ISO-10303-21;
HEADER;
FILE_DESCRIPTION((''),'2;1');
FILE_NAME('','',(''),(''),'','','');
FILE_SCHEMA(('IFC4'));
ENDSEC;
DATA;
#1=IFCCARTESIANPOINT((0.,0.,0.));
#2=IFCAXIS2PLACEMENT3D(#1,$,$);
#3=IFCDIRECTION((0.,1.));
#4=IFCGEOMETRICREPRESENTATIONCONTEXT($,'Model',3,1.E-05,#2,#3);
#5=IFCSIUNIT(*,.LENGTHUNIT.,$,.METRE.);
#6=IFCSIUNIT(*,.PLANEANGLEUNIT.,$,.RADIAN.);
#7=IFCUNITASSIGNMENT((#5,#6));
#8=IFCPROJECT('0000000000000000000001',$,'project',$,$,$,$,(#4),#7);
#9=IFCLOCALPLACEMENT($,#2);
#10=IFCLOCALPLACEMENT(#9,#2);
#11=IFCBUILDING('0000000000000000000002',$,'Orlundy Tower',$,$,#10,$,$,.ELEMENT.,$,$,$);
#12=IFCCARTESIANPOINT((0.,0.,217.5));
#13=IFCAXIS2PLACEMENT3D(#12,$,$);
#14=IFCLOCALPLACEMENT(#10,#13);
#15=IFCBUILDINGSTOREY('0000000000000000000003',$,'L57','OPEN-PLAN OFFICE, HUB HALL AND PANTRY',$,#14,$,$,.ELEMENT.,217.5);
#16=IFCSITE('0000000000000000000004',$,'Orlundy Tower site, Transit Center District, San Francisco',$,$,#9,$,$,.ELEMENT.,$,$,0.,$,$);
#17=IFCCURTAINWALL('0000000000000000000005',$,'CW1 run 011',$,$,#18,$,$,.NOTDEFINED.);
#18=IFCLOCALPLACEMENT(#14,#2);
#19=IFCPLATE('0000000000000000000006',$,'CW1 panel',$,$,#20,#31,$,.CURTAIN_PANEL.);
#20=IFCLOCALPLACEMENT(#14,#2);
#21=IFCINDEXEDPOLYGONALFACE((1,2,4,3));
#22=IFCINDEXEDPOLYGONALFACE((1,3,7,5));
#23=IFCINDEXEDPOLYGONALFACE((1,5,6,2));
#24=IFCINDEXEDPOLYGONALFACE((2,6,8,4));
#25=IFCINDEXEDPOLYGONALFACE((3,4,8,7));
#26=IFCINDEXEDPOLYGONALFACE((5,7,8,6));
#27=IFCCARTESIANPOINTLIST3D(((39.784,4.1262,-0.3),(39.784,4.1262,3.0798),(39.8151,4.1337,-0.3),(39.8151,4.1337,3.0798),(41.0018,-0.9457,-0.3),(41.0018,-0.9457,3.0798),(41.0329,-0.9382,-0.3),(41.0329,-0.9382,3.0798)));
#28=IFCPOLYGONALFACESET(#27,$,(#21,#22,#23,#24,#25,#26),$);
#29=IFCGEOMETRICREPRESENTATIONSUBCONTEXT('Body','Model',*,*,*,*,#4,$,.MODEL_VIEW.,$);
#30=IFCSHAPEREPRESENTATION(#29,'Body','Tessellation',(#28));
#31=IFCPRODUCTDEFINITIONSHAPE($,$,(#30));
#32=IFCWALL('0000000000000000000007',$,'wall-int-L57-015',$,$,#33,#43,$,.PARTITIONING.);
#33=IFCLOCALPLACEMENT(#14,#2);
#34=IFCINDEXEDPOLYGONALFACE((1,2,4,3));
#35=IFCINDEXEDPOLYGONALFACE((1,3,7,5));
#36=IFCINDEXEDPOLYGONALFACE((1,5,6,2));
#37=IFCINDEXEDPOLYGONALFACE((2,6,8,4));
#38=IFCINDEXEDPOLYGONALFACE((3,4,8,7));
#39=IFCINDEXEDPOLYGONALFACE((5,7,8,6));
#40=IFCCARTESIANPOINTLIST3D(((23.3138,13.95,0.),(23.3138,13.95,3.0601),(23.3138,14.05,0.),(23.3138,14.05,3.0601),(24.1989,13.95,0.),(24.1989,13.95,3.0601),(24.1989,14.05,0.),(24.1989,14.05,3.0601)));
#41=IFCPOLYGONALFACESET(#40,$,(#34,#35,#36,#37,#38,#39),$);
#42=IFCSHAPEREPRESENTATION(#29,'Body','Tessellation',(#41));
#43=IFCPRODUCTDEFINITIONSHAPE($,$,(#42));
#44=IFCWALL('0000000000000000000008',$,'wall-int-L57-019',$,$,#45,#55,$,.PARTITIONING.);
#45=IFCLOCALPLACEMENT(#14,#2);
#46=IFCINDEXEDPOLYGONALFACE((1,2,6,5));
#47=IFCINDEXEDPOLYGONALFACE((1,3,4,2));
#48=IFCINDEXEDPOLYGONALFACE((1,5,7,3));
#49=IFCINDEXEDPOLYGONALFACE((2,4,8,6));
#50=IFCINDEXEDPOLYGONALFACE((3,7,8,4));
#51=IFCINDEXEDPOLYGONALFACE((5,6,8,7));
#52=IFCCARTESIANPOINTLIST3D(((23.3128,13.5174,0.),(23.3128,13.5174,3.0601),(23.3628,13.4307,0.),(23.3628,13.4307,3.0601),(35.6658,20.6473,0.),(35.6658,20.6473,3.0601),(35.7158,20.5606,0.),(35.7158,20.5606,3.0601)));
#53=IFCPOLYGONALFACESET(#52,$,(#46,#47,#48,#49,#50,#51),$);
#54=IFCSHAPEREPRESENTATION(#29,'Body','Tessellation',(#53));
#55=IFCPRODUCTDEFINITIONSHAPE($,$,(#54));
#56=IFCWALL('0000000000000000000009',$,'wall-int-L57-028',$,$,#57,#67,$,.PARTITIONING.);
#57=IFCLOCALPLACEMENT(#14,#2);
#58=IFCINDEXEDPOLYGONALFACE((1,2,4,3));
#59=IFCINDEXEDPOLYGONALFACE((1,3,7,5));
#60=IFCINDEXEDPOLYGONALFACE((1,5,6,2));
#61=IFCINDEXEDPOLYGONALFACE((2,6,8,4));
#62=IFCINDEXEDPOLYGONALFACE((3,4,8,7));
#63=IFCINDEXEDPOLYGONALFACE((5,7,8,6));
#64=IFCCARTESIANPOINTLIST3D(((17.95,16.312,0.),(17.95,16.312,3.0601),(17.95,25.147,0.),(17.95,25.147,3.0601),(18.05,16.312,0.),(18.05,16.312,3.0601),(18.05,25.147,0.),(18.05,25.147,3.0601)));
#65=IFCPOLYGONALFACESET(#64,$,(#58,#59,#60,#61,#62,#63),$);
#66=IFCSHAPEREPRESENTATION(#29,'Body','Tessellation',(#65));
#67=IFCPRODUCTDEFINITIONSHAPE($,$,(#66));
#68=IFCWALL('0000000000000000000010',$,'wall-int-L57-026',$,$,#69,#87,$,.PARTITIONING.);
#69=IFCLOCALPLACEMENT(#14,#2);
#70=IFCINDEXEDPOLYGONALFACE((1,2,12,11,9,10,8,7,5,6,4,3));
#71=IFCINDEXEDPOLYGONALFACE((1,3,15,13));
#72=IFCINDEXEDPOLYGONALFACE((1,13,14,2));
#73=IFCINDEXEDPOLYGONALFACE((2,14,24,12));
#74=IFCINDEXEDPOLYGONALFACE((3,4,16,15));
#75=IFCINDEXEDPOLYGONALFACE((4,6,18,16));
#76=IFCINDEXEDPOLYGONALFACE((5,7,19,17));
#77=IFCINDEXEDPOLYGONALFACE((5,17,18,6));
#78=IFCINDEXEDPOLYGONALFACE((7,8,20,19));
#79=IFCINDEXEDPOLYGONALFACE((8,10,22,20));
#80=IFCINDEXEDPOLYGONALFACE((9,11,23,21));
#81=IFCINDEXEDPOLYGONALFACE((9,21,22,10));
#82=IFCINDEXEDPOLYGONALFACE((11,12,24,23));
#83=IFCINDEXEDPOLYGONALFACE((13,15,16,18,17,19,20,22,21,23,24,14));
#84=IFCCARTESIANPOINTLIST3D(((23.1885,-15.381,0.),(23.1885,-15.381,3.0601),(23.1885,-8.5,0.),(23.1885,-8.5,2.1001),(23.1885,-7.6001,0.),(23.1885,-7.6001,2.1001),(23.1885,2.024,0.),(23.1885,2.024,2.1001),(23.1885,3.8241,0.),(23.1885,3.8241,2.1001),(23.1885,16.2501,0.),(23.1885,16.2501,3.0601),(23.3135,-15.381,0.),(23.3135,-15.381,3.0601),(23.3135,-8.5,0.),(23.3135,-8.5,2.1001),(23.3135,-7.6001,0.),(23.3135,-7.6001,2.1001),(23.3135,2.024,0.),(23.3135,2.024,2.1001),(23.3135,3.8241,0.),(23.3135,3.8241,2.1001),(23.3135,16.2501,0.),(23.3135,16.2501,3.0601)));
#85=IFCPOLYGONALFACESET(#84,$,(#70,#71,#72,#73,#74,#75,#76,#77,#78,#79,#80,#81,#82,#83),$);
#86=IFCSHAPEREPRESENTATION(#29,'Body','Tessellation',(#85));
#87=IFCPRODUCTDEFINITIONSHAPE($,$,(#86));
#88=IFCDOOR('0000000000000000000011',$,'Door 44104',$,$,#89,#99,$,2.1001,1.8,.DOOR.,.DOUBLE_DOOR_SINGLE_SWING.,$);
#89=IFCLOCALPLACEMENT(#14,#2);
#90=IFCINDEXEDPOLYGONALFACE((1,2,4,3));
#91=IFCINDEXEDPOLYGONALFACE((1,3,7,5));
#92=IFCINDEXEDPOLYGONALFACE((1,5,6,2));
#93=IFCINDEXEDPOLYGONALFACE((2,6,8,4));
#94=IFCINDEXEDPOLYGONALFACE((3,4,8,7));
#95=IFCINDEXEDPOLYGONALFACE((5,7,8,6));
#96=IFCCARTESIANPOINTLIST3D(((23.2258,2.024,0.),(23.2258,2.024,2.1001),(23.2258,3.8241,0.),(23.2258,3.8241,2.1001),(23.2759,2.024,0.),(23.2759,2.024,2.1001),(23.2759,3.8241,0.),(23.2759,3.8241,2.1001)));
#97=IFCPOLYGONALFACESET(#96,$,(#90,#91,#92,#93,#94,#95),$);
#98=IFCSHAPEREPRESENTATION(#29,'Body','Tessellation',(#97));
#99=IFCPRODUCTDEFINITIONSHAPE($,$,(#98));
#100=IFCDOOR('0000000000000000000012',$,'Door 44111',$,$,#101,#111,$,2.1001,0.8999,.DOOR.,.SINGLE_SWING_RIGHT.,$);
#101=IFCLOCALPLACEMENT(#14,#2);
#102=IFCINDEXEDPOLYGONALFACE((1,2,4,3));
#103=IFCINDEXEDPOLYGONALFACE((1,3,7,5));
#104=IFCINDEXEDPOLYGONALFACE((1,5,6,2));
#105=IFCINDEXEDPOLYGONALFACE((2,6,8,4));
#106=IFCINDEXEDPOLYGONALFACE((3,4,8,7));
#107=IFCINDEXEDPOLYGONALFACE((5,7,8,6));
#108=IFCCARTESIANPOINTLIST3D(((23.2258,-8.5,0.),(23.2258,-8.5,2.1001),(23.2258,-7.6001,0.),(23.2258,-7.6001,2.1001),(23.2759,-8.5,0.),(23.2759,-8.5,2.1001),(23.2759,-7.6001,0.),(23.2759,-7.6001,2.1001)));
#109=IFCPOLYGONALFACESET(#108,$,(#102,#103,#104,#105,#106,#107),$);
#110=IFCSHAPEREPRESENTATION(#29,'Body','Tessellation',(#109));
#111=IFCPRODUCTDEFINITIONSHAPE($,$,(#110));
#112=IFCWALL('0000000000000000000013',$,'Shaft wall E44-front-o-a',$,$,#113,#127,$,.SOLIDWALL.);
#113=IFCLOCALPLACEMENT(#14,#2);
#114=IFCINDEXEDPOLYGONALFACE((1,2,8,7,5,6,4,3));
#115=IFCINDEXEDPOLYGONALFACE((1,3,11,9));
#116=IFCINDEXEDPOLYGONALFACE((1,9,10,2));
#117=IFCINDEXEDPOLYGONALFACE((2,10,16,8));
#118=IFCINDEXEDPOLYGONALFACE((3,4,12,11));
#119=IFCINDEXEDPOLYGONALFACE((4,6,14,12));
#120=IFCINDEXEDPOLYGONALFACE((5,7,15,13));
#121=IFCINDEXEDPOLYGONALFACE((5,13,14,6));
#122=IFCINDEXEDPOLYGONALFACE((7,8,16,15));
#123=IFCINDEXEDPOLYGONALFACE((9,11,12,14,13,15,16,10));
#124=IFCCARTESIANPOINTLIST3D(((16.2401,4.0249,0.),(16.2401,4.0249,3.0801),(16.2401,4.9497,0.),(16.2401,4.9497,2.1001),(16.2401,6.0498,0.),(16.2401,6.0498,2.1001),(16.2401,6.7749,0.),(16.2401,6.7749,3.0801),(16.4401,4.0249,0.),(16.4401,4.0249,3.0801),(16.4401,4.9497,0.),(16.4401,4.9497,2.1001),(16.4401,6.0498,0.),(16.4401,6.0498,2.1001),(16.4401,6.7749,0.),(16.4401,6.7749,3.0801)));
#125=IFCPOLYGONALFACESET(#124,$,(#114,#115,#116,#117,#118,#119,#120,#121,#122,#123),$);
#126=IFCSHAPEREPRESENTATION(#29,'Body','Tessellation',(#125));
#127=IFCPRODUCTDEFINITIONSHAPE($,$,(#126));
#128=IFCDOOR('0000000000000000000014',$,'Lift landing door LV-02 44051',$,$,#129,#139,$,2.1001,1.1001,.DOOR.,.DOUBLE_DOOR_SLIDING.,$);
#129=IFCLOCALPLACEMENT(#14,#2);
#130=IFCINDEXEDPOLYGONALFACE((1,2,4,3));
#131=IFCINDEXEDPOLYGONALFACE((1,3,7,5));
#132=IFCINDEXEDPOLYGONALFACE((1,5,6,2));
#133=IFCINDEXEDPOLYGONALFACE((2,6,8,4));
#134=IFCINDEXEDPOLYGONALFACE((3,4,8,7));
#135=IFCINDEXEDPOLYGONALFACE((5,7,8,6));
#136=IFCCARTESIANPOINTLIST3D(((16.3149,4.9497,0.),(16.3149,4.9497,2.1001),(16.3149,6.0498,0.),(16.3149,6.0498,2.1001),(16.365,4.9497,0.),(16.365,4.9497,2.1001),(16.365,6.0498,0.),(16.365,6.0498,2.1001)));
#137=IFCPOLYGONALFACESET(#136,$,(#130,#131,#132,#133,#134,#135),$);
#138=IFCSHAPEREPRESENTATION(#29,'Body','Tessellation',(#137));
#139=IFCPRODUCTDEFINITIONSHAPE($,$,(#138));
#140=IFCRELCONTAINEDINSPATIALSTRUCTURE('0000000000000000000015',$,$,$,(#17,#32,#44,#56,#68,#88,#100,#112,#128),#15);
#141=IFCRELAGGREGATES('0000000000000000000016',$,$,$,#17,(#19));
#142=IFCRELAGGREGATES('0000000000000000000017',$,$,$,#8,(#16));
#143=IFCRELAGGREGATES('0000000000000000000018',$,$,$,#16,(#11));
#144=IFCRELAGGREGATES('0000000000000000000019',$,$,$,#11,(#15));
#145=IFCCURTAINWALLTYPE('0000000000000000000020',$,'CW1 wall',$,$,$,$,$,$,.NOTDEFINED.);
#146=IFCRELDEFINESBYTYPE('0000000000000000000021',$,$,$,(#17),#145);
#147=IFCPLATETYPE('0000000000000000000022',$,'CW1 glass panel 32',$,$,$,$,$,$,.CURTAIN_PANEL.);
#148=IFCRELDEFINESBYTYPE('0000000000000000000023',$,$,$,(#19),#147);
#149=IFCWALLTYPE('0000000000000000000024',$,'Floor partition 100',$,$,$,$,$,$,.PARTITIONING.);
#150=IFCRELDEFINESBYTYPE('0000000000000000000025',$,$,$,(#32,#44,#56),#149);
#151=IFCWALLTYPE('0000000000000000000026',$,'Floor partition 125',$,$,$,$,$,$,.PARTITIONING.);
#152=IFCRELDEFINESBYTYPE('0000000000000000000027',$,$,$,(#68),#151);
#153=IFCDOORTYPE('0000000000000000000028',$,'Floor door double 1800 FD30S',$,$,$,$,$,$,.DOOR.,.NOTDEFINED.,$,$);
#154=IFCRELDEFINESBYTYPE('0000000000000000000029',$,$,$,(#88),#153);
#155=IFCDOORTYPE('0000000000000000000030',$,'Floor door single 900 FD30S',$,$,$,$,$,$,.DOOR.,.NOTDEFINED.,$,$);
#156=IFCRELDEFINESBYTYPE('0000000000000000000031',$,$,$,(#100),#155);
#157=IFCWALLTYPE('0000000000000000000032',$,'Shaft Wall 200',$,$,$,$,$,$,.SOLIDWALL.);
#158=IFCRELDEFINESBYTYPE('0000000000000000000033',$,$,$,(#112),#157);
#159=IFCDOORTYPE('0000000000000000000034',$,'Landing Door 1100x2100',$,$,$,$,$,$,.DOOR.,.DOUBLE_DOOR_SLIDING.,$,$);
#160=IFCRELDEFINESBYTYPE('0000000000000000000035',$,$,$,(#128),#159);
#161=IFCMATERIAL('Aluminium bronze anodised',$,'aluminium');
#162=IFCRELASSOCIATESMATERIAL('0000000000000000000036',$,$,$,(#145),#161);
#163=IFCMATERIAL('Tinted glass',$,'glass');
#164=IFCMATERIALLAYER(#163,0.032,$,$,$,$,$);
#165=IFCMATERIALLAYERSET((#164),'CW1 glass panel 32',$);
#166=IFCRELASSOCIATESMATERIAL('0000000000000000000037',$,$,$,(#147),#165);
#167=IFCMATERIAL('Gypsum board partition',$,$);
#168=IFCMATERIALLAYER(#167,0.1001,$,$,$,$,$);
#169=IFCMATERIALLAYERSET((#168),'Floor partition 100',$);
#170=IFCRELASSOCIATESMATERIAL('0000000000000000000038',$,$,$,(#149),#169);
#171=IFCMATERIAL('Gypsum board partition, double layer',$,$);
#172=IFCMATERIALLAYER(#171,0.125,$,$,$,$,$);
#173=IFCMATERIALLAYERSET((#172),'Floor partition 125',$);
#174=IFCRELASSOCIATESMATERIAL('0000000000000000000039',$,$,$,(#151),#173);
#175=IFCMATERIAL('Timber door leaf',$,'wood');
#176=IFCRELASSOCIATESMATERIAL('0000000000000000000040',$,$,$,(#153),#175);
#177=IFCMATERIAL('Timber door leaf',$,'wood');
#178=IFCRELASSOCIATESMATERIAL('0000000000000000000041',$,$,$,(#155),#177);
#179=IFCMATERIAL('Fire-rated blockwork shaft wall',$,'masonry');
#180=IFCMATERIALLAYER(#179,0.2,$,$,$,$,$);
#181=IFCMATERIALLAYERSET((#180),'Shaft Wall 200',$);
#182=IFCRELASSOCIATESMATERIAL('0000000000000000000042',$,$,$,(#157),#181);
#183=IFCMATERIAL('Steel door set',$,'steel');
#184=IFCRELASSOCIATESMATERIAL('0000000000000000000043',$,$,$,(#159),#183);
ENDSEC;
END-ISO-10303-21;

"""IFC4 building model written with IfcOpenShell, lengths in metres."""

from ifc_helpers import new_model, si_unit, direction, frame, frame_2d, origin, origin_2d, place, context, subcontext, project, spatial, rectangle, extrude, material, layer, layer_set, type_object, element, fill, aggregate, save


model = new_model("IFC4")

# Units and contexts
model_context = context("Model", 3, precision=1e-05, world=origin(), true_north=direction((0.0, 1.0)))
body_context = subcontext(model_context, "Body", "Model", "MODEL_VIEW")
ifc_project = project(units=[si_unit("LENGTHUNIT", "METRE"), si_unit("PLANEANGLEUNIT", "RADIAN")], contexts=[model_context])

# Site, building, storey
site_placement = place(None, origin())
site = spatial("IfcSite", under=ifc_project, at=site_placement, Name="Orlundy Tower site, Transit Center District, San Francisco", CompositionType="ELEMENT", RefElevation=0.0)
building_placement = place(site_placement, origin())
building = spatial("IfcBuilding", under=site, at=building_placement, Name="Orlundy Tower", CompositionType="ELEMENT")
storey_placement = place(building_placement, frame((0.0, 0.0, 217.5)))
storey = spatial("IfcBuildingStorey", under=building, at=storey_placement, Name="L57", Description="OPEN-PLAN OFFICE, HUB HALL AND PANTRY", CompositionType="ELEMENT", Elevation=217.5)

# Curtain wall
ifc_material_1 = material(Name="Aluminium bronze anodised", Category="aluminium")
curtain_wall_type = type_object("IfcCurtainWallType", Name="CW1 wall", PredefinedType="NOTDEFINED", material=ifc_material_1)
curtain_wall_1_placement = place(storey_placement, origin())
curtain_wall_1 = element("IfcCurtainWall", 1, at=curtain_wall_1_placement, inside=storey, type_object=curtain_wall_type, Name="CW1 run 011", PredefinedType="NOTDEFINED")

# Plate
ifc_material_2 = material(Name="Tinted glass", Category="glass")
ifc_layer_1 = layer(ifc_material_2, 0.032)
ifc_layer_set_1 = layer_set([ifc_layer_1], Name="CW1 glass panel 32")
plate_type = type_object("IfcPlateType", Name="CW1 glass panel 32", PredefinedType="CURTAIN_PANEL", material=ifc_layer_set_1)
plate_1_placement = place(storey_placement, frame((40.4084, 1.594, -0.3), z_axis=(0.0, 0.0, 1.0), x_axis=(0.233472, -0.972364, 0.0)))
plate_1 = element("IfcPlate", 2, at=plate_1_placement, type_object=plate_type, Name="CW1 panel", PredefinedType="CURTAIN_PANEL", context=body_context, shape_type="SweptSolid", body=[
    extrude(rectangle(XDim=5.2161, YDim=0.032, at=origin_2d()), origin(), (0.0, 0.0, 1.0), 3.3799),
])
aggregate(curtain_wall_1, [plate_1])

# Walls
ifc_material_3 = material(Name="Gypsum board partition")
ifc_layer_2 = layer(ifc_material_3, 0.1001)
ifc_layer_set_2 = layer_set([ifc_layer_2], Name="Floor partition 100")
wall_type_1 = type_object("IfcWallType", Name="Floor partition 100", PredefinedType="PARTITIONING", material=ifc_layer_set_2)
wall_1_placement = place(storey_placement, frame((23.314, 14.0, 0.0), z_axis=(0.0, 0.0, 1.0), x_axis=(1.0, 0.0, 0.0)))
element("IfcWall", 3, at=wall_1_placement, inside=storey, type_object=wall_type_1, Name="wall-int-L57-015", PredefinedType="PARTITIONING", context=body_context, shape_type="SweptSolid", body=[
    extrude(rectangle(XDim=0.885, YDim=0.1001, at=frame_2d((0.4424, 0.0))), origin(), (0.0, 0.0, 1.0), 3.0601),
])
wall_2_placement = place(storey_placement, frame((23.3379, 13.4741, 0.0), z_axis=(0.0, 0.0, 1.0), x_axis=(0.86609, 0.499887, 0.0)))
element("IfcWall", 4, at=wall_2_placement, inside=storey, type_object=wall_type_1, Name="wall-int-L57-019", PredefinedType="PARTITIONING", context=body_context, shape_type="SweptSolid", body=[
    extrude(rectangle(XDim=14.2629, YDim=0.1001, at=frame_2d((7.1313, 0.0))), origin(), (0.0, 0.0, 1.0), 3.0601),
])
wall_3_placement = place(storey_placement, frame((18.0, 16.312, 0.0), z_axis=(0.0, 0.0, 1.0), x_axis=(0.0, 1.0, 0.0)))
element("IfcWall", 5, at=wall_3_placement, inside=storey, type_object=wall_type_1, Name="wall-int-L57-028", PredefinedType="PARTITIONING", context=body_context, shape_type="SweptSolid", body=[
    extrude(rectangle(XDim=8.835, YDim=0.1001, at=frame_2d((4.4175, 0.0))), origin(), (0.0, 0.0, 1.0), 3.0601),
])

# Wall, openings, doors
ifc_material_4 = material(Name="Gypsum board partition, double layer")
ifc_layer_3 = layer(ifc_material_4, 0.125)
ifc_layer_set_3 = layer_set([ifc_layer_3], Name="Floor partition 125")
wall_type_2 = type_object("IfcWallType", Name="Floor partition 125", PredefinedType="PARTITIONING", material=ifc_layer_set_3)
wall_4_placement = place(storey_placement, frame((23.251, 16.25, 0.0), z_axis=(0.0, 0.0, 1.0), x_axis=(0.0, -1.0, 0.0)))
wall_4 = element("IfcWall", 6, at=wall_4_placement, inside=storey, type_object=wall_type_2, Name="wall-int-L57-026", PredefinedType="PARTITIONING", context=body_context, shape_type="SweptSolid", body=[
    extrude(rectangle(XDim=31.6311, YDim=0.125, at=frame_2d((15.8154, 0.0))), origin(), (0.0, 0.0, 1.0), 3.0601),
])
opening_1_placement = place(wall_4_placement, frame((12.426, 0.0, 0.0)))
opening_1 = element("IfcOpeningElement", 7, at=opening_1_placement, cuts=wall_4, PredefinedType="OPENING", context=body_context, shape_type="SweptSolid", body=[
    extrude(rectangle(XDim=1.8, YDim=2.1001, at=frame_2d((0.8999, 1.05))), frame((0.0, 0.0725, 0.0), z_axis=(0.0, -1.0, 0.0), x_axis=(1.0, 0.0, 0.0)), (0.0, 0.0, 1.0), 0.145),
])
opening_2_placement = place(wall_4_placement, frame((23.8501, 0.0, 0.0)))
opening_2 = element("IfcOpeningElement", 8, at=opening_2_placement, cuts=wall_4, PredefinedType="OPENING", context=body_context, shape_type="SweptSolid", body=[
    extrude(rectangle(XDim=0.8999, YDim=2.1001, at=frame_2d((0.45, 1.05))), frame((0.0, 0.0725, 0.0), z_axis=(0.0, -1.0, 0.0), x_axis=(1.0, 0.0, 0.0)), (0.0, 0.0, 1.0), 0.145),
])
ifc_material_5 = material(Name="Timber door leaf", Category="wood")
door_type_1 = type_object("IfcDoorType", Name="Floor door double 1800 FD30S", OperationType="NOTDEFINED", PredefinedType="DOOR", material=ifc_material_5)
door_1_placement = place(opening_1_placement, origin())
door_1 = element("IfcDoor", 9, at=door_1_placement, inside=storey, type_object=door_type_1, Name="Door 44104", OperationType="DOUBLE_DOOR_SINGLE_SWING", OverallHeight=2.1001, OverallWidth=1.8, PredefinedType="DOOR", context=body_context, shape_type="SweptSolid", body=[
    extrude(rectangle(XDim=1.8, YDim=2.1001, at=frame_2d((0.8999, 1.05))), frame((0.0, 0.0249, 0.0), z_axis=(0.0, -1.0, 0.0), x_axis=(1.0, 0.0, 0.0)), (0.0, 0.0, 1.0), 0.05),
])
fill(opening_1, door_1)
ifc_material_6 = material(Name="Timber door leaf", Category="wood")
door_type_2 = type_object("IfcDoorType", Name="Floor door single 900 FD30S", OperationType="NOTDEFINED", PredefinedType="DOOR", material=ifc_material_6)
door_2_placement = place(opening_2_placement, origin())
door_2 = element("IfcDoor", 10, at=door_2_placement, inside=storey, type_object=door_type_2, Name="Door 44111", OperationType="SINGLE_SWING_RIGHT", OverallHeight=2.1001, OverallWidth=0.8999, PredefinedType="DOOR", context=body_context, shape_type="SweptSolid", body=[
    extrude(rectangle(XDim=0.8999, YDim=2.1001, at=frame_2d((0.45, 1.05))), frame((0.0, 0.0249, 0.0), z_axis=(0.0, -1.0, 0.0), x_axis=(1.0, 0.0, 0.0)), (0.0, 0.0, 1.0), 0.05),
])
fill(opening_2, door_2)

# Wall, opening, door
ifc_material_7 = material(Name="Fire-rated blockwork shaft wall", Category="masonry")
ifc_layer_4 = layer(ifc_material_7, 0.2)
ifc_layer_set_4 = layer_set([ifc_layer_4], Name="Shaft Wall 200")
wall_type_3 = type_object("IfcWallType", Name="Shaft Wall 200", PredefinedType="SOLIDWALL", material=ifc_layer_set_4)
wall_5_placement = place(storey_placement, frame((16.3401, 6.7749, 0.0), z_axis=(0.0, 0.0, 1.0), x_axis=(0.0, -1.0, 0.0)))
wall_5 = element("IfcWall", 11, at=wall_5_placement, inside=storey, type_object=wall_type_3, Name="Shaft wall E44-front-o-a", PredefinedType="SOLIDWALL", context=body_context, shape_type="SweptSolid", body=[
    extrude(rectangle(XDim=2.75, YDim=0.2, at=frame_2d((1.375, 0.0))), origin(), (0.0, 0.0, 1.0), 3.0801),
])
opening_3_placement = place(wall_5_placement, frame((0.7251, 0.0, 0.0)))
opening_3 = element("IfcOpeningElement", 12, at=opening_3_placement, cuts=wall_5, PredefinedType="OPENING", context=body_context, shape_type="SweptSolid", body=[
    extrude(rectangle(XDim=1.1001, YDim=2.1001, at=frame_2d((0.55, 1.05))), frame((0.0, 0.1101, 0.0), z_axis=(0.0, -1.0, 0.0), x_axis=(1.0, 0.0, 0.0)), (0.0, 0.0, 1.0), 0.2202),
])
ifc_material_8 = material(Name="Steel door set", Category="steel")
door_type_3 = type_object("IfcDoorType", Name="Landing Door 1100x2100", OperationType="DOUBLE_DOOR_SLIDING", PredefinedType="DOOR", material=ifc_material_8)
door_3_placement = place(opening_3_placement, origin())
door_3 = element("IfcDoor", 13, at=door_3_placement, inside=storey, type_object=door_type_3, Name="Lift landing door LV-02 44051", OperationType="DOUBLE_DOOR_SLIDING", OverallHeight=2.1001, OverallWidth=1.1001, PredefinedType="DOOR", context=body_context, shape_type="SweptSolid", body=[
    extrude(rectangle(XDim=1.1001, YDim=2.1001, at=frame_2d((0.55, 1.05))), frame((0.0, 0.0249, 0.0), z_axis=(0.0, -1.0, 0.0), x_axis=(1.0, 0.0, 0.0)), (0.0, 0.0, 1.0), 0.05),
])
fill(opening_3, door_3)

save(model, "model.ifc")
